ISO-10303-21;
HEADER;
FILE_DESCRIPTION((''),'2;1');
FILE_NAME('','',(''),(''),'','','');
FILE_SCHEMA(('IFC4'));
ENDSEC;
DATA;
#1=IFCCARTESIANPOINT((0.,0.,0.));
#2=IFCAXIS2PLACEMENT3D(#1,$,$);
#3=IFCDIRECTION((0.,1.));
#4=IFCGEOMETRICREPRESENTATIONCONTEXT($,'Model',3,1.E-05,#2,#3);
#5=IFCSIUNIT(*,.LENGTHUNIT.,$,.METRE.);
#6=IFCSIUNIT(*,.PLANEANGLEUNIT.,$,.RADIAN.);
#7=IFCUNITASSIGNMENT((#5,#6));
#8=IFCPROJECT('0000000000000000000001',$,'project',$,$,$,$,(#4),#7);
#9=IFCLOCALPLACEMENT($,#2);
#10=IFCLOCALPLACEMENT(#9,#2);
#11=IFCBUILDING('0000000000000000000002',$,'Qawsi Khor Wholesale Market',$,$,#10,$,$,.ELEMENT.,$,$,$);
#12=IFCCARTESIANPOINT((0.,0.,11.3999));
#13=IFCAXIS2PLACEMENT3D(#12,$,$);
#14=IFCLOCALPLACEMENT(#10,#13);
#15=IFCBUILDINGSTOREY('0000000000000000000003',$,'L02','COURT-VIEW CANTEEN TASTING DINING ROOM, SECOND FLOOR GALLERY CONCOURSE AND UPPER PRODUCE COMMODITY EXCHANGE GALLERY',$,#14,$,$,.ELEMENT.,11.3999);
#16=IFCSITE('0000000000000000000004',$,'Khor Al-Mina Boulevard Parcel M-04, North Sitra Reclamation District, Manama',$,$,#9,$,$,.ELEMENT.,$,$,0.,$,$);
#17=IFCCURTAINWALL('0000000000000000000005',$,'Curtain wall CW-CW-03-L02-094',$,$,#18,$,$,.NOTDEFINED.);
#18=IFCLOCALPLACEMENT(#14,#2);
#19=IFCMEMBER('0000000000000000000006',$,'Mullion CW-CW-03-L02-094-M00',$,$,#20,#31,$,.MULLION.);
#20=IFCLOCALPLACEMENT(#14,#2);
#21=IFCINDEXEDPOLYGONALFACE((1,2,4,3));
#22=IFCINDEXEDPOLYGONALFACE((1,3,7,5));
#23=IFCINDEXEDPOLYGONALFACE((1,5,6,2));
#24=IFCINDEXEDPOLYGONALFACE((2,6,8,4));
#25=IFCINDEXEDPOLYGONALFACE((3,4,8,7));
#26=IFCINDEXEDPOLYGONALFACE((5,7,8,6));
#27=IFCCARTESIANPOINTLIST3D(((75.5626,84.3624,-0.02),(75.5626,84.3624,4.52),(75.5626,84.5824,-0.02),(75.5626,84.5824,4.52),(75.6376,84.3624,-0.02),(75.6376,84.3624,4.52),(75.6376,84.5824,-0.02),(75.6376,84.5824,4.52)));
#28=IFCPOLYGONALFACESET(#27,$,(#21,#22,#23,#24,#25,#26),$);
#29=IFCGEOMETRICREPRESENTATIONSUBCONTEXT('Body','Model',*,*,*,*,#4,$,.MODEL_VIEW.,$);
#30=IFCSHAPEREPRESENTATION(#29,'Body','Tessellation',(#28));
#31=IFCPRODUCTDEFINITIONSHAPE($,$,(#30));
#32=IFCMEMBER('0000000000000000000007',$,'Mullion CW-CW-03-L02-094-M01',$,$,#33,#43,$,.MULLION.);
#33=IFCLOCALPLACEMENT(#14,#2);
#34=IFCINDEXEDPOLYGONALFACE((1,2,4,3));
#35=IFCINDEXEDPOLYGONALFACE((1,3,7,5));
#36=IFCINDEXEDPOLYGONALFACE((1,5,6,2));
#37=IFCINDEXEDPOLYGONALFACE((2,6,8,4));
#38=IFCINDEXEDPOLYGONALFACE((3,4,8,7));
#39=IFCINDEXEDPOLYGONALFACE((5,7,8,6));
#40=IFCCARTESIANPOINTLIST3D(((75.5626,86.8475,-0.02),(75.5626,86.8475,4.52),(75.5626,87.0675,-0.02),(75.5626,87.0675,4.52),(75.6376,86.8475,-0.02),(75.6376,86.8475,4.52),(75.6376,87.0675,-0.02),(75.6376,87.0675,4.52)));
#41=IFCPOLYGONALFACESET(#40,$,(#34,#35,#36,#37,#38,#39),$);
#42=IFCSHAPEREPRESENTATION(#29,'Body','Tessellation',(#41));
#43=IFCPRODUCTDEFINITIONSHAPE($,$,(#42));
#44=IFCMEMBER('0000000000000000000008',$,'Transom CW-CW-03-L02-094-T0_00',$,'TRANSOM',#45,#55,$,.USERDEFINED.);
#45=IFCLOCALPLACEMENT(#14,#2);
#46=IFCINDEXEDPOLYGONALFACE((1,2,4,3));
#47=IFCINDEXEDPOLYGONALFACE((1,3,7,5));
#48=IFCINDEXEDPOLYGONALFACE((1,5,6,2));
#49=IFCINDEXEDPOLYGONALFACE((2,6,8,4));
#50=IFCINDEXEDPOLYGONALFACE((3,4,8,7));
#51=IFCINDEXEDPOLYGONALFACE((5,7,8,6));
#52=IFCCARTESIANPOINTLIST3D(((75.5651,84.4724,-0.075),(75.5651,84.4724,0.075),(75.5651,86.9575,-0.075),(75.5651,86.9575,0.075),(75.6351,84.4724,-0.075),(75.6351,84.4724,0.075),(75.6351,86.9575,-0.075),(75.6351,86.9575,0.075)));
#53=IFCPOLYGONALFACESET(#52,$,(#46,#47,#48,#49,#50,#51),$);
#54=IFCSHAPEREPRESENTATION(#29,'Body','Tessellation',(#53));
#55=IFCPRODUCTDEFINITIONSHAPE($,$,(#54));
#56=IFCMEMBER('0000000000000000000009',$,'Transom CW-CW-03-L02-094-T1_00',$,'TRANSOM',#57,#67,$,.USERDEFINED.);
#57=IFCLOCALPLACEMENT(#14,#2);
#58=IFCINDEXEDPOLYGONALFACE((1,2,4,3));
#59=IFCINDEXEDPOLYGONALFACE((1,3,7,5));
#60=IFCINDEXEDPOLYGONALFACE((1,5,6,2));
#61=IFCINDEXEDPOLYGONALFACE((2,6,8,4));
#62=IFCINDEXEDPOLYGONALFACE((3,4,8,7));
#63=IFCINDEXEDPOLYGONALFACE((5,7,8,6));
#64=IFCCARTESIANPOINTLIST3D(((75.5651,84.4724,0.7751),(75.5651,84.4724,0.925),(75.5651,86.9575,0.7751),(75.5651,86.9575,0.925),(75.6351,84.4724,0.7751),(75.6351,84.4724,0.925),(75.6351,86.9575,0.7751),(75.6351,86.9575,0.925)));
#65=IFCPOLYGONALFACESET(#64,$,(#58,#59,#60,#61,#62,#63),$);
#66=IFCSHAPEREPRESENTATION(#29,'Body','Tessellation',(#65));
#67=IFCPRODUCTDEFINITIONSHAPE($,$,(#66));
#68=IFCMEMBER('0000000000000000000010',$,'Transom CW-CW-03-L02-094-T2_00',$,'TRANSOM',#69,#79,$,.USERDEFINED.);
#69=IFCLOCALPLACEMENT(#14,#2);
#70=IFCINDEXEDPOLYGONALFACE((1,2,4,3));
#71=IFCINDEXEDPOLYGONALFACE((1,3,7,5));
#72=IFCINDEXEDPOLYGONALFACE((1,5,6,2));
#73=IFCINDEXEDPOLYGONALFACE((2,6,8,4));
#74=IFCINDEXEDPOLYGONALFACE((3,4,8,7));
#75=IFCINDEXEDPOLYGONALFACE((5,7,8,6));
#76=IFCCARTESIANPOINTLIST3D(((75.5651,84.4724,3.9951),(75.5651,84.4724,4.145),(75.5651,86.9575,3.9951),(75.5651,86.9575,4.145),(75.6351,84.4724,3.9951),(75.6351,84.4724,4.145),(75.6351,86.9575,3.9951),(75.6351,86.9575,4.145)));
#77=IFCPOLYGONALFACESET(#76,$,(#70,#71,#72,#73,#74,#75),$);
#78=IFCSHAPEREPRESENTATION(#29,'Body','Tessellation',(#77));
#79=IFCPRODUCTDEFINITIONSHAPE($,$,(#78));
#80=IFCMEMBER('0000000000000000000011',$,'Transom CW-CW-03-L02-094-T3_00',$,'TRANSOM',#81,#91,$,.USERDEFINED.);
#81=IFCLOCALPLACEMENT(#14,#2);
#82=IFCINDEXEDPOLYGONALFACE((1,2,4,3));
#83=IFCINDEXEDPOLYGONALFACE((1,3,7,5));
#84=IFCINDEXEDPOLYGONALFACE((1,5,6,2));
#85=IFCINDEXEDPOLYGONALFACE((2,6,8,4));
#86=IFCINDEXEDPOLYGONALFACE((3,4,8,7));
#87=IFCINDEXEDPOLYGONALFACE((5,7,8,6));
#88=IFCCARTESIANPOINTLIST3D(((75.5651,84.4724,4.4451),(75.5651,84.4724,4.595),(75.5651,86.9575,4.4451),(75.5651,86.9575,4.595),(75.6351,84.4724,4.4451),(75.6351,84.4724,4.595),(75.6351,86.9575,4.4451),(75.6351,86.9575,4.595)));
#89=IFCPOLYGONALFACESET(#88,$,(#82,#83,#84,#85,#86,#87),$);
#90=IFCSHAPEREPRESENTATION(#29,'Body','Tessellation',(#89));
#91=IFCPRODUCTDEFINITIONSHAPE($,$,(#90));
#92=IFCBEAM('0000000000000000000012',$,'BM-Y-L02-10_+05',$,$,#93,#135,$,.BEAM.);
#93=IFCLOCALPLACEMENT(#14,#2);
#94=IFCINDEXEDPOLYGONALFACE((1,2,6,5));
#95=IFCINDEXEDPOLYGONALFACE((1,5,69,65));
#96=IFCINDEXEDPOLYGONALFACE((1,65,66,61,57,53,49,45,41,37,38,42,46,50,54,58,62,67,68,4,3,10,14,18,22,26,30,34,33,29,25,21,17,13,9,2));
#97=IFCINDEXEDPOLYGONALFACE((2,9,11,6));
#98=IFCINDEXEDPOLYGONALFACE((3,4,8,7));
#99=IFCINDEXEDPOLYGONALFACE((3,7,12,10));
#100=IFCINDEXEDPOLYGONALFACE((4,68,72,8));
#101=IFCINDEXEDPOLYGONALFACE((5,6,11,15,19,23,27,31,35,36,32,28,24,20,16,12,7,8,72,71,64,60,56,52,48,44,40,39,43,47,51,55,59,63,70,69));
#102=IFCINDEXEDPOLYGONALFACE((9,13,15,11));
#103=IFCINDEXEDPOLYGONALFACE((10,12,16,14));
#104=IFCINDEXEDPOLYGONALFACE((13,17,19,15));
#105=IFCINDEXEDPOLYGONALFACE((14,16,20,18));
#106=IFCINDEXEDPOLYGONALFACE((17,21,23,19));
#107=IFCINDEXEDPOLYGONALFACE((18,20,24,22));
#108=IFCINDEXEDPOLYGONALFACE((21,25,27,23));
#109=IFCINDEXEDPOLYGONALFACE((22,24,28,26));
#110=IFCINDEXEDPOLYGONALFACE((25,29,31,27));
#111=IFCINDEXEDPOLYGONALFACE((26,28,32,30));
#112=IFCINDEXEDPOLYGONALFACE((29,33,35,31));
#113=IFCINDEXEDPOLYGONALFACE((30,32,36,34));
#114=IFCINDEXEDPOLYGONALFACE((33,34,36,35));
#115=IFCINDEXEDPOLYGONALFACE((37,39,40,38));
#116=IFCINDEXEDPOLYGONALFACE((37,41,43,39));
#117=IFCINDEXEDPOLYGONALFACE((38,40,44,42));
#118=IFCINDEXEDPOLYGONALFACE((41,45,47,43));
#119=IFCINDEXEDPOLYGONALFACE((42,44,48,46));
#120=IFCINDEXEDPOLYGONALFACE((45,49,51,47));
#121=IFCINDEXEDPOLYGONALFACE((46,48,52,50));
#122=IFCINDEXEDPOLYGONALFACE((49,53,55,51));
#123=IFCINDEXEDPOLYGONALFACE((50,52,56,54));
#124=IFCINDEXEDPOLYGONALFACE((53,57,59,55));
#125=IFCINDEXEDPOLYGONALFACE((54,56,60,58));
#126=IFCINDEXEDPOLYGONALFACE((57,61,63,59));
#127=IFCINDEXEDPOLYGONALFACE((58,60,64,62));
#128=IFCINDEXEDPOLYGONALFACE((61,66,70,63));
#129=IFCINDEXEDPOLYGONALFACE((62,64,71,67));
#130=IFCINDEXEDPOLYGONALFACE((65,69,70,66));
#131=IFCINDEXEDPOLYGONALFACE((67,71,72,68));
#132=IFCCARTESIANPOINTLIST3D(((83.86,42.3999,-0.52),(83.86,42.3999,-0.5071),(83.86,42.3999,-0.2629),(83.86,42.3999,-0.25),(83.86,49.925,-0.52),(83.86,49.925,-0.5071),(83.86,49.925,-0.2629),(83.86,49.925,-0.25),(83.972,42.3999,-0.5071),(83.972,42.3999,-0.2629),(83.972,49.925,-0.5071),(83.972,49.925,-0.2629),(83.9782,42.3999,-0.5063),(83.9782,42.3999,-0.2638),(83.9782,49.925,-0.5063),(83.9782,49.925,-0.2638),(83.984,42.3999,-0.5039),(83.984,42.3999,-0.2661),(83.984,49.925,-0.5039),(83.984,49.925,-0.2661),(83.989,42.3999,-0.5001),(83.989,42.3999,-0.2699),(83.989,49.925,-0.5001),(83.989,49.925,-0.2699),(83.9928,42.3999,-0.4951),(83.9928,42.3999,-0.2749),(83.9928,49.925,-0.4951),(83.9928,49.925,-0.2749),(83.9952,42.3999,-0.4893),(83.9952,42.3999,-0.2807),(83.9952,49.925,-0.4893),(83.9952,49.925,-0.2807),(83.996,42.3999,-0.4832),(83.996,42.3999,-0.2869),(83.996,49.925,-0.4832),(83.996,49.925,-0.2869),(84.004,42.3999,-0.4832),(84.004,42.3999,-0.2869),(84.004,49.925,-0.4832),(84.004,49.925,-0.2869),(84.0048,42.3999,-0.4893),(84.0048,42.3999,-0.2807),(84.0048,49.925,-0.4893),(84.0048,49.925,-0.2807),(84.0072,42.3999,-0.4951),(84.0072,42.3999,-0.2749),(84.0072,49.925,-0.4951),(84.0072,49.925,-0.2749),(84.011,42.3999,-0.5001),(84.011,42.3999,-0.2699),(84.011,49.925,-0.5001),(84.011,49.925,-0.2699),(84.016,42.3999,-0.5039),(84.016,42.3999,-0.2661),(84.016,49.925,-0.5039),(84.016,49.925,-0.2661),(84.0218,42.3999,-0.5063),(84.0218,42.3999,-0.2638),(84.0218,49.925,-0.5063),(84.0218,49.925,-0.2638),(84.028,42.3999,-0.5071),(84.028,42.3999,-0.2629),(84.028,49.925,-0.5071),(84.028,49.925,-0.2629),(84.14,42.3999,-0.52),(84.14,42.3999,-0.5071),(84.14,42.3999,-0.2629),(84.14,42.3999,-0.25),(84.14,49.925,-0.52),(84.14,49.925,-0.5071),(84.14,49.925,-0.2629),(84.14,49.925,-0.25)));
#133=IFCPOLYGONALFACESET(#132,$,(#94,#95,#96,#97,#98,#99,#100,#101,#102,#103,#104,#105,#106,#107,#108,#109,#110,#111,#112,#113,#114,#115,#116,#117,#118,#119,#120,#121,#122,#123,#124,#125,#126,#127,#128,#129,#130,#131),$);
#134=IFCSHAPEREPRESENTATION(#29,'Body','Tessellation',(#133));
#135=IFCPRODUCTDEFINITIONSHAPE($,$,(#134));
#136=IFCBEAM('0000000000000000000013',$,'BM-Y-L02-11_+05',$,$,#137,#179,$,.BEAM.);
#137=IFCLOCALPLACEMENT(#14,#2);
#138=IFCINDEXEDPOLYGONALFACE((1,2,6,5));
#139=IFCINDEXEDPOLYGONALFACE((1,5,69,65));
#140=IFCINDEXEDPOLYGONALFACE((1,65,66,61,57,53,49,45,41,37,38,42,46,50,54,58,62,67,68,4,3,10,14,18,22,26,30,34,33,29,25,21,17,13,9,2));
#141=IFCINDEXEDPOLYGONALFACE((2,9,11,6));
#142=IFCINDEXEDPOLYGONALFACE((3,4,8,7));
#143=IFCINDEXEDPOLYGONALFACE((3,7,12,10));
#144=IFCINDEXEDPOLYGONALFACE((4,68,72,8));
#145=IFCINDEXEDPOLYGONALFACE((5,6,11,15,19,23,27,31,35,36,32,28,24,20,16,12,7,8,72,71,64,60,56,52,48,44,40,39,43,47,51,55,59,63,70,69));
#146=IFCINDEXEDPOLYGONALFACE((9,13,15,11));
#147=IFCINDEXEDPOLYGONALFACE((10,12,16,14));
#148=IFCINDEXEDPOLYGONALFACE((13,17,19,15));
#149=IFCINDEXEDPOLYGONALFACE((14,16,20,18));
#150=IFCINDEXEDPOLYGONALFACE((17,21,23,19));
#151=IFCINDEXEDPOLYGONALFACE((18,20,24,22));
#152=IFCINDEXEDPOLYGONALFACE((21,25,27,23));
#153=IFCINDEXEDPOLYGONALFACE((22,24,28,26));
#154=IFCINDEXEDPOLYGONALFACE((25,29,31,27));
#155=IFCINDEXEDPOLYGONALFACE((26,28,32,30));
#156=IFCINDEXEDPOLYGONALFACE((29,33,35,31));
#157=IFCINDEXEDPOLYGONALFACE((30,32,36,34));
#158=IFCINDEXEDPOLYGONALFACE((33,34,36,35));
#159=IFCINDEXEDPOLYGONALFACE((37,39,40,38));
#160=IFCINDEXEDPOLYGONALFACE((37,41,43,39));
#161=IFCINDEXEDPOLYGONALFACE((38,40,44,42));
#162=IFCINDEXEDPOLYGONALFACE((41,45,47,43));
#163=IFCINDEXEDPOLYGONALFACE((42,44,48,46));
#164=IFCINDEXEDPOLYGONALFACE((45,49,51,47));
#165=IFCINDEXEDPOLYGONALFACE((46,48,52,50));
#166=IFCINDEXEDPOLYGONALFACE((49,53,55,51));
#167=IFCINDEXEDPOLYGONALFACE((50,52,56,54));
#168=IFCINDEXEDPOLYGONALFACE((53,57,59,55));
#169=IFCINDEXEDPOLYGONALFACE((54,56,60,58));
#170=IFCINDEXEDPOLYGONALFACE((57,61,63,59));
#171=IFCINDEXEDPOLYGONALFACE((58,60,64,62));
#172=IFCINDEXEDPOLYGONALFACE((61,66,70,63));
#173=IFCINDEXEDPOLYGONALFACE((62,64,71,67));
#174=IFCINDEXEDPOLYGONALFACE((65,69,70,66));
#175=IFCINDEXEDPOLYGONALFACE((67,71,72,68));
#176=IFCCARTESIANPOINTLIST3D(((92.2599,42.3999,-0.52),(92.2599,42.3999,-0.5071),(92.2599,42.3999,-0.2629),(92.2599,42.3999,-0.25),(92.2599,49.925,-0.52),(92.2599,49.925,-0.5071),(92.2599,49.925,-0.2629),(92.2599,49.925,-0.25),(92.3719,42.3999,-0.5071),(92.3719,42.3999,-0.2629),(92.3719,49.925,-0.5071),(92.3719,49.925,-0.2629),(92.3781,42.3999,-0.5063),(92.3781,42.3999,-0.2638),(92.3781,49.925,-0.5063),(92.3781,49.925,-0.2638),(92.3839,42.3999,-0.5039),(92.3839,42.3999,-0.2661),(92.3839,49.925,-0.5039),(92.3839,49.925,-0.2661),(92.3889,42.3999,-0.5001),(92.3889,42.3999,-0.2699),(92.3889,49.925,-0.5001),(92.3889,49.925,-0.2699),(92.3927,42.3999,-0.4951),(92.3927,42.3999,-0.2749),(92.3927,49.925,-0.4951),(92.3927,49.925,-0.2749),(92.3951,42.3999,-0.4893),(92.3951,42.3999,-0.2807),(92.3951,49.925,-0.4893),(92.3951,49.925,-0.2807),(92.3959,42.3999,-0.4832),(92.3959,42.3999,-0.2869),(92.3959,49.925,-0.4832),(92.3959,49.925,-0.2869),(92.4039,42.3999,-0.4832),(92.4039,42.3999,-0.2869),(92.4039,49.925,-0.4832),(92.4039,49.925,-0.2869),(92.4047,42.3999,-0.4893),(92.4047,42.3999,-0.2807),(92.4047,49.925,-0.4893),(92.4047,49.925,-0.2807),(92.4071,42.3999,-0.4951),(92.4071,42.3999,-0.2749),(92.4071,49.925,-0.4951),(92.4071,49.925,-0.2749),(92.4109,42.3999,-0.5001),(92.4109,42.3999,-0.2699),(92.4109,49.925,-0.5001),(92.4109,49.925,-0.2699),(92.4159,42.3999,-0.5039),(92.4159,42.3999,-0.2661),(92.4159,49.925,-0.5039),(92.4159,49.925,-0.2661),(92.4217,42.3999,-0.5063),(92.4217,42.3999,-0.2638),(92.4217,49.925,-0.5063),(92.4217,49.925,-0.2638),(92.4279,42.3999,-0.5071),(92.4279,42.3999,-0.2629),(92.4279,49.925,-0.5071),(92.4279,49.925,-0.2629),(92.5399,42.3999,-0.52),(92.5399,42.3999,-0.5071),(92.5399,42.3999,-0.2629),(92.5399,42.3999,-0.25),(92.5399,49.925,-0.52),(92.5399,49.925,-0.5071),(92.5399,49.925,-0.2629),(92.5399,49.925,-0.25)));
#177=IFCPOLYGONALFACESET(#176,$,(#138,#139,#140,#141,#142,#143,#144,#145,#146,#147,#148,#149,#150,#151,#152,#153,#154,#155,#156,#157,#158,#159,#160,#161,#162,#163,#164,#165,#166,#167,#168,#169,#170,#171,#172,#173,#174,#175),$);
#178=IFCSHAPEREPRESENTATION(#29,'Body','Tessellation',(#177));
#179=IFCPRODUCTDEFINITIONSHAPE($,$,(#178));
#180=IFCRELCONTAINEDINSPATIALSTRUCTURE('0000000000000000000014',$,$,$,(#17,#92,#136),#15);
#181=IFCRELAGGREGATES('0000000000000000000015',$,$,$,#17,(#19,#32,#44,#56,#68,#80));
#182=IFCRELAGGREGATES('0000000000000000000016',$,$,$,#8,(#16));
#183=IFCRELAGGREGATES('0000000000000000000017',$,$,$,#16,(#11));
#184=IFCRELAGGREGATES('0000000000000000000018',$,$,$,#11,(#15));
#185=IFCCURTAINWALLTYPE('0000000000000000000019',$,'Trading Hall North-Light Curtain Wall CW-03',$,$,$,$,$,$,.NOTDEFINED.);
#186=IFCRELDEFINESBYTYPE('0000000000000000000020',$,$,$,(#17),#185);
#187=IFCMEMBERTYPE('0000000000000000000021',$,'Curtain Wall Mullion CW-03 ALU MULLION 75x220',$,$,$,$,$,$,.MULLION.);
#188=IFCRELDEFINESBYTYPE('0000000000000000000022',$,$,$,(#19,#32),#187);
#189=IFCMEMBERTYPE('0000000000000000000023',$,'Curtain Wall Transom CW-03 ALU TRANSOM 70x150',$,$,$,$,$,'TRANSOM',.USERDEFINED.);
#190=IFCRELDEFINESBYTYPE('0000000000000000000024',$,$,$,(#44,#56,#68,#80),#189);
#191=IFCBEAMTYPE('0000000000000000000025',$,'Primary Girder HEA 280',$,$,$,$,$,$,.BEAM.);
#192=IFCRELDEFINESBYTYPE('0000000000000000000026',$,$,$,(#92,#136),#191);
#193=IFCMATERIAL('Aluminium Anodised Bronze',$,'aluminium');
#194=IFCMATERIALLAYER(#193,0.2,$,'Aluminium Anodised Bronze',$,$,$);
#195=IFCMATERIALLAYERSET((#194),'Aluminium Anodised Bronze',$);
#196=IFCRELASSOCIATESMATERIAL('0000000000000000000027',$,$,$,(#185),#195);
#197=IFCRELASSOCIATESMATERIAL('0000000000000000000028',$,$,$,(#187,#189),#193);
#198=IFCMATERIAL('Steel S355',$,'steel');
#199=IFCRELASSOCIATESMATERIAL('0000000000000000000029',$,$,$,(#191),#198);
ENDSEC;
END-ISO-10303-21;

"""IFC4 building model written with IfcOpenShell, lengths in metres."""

from ifc_helpers import new_model, si_unit, direction, frame, origin, origin_2d, place, context, subcontext, project, spatial, rectangle, i_section, extrude, material, layer, layer_set, material_profile, profile_set, type_object, element, aggregate, save


model = new_model("IFC4")

# Units and contexts
model_context = context("Model", 3, precision=1e-05, world=origin(), true_north=direction((0.0, 1.0)))
body_context = subcontext(model_context, "Body", "Model", "MODEL_VIEW")
ifc_project = project(units=[si_unit("LENGTHUNIT", "METRE"), si_unit("PLANEANGLEUNIT", "RADIAN")], contexts=[model_context])

# Site, building, storey
site_placement = place(None, origin())
site = spatial("IfcSite", under=ifc_project, at=site_placement, Name="Khor Al-Mina Boulevard Parcel M-04, North Sitra Reclamation District, Manama", CompositionType="ELEMENT", RefElevation=0.0)
building_placement = place(site_placement, origin())
building = spatial("IfcBuilding", under=site, at=building_placement, Name="Qawsi Khor Wholesale Market", CompositionType="ELEMENT")
storey_placement = place(building_placement, frame((0.0, 0.0, 11.3999)))
storey = spatial("IfcBuildingStorey", under=building, at=storey_placement, Name="L02", Description="COURT-VIEW CANTEEN TASTING DINING ROOM, SECOND FLOOR GALLERY CONCOURSE AND UPPER PRODUCE COMMODITY EXCHANGE GALLERY", CompositionType="ELEMENT", Elevation=11.3999)

# Curtain wall, members
ifc_material_1 = material(Name="Aluminium Anodised Bronze", Category="aluminium")
ifc_layer_1 = layer(ifc_material_1, 0.2, Name="Aluminium Anodised Bronze")
ifc_layer_set_1 = layer_set([ifc_layer_1], Name="Aluminium Anodised Bronze")
curtain_wall_type = type_object("IfcCurtainWallType", Name="Trading Hall North-Light Curtain Wall CW-03", PredefinedType="NOTDEFINED", material=ifc_layer_set_1)
curtain_wall_placement = place(storey_placement, origin())
curtain_wall = element("IfcCurtainWall", 1, at=curtain_wall_placement, inside=storey, type_object=curtain_wall_type, Name="Curtain wall CW-CW-03-L02-094", PredefinedType="NOTDEFINED")
ifc_material_profile_1 = material_profile(ifc_material_1, rectangle(XDim=0.075, YDim=0.22, at=origin_2d()), Name="ALU MULLION 75x220")
ifc_profile_set_1 = profile_set([ifc_material_profile_1], Name="Aluminium Anodised Bronze")
member_type_1 = type_object("IfcMemberType", Name="Curtain Wall Mullion CW-03 ALU MULLION 75x220", PredefinedType="MULLION", material=ifc_profile_set_1)
member_1_placement = place(storey_placement, frame((75.6001, 84.4724, -0.02), z_axis=(0.0, 0.0, 1.0), x_axis=(1.0, 0.0, 0.0)))
member_1 = element("IfcMember", 2, at=member_1_placement, type_object=member_type_1, Name="Mullion CW-CW-03-L02-094-M00", PredefinedType="MULLION", context=body_context, shape_type="SweptSolid", body=[
    extrude(rectangle(XDim=0.075, YDim=0.22, at=origin_2d()), origin(), (0.0, 0.0, 1.0), 4.54),
])
member_2_placement = place(storey_placement, frame((75.6001, 86.9575, -0.02), z_axis=(0.0, 0.0, 1.0), x_axis=(1.0, 0.0, 0.0)))
member_2 = element("IfcMember", 3, at=member_2_placement, type_object=member_type_1, Name="Mullion CW-CW-03-L02-094-M01", PredefinedType="MULLION", context=body_context, shape_type="SweptSolid", body=[
    extrude(rectangle(XDim=0.075, YDim=0.22, at=origin_2d()), origin(), (0.0, 0.0, 1.0), 4.54),
])
ifc_material_profile_2 = material_profile(ifc_material_1, rectangle(XDim=0.0701, YDim=0.1499, at=origin_2d()), Name="ALU TRANSOM 70x150")
ifc_profile_set_2 = profile_set([ifc_material_profile_2], Name="Aluminium Anodised Bronze")
member_type_2 = type_object("IfcMemberType", Name="Curtain Wall Transom CW-03 ALU TRANSOM 70x150", ElementType="TRANSOM", PredefinedType="USERDEFINED", material=ifc_profile_set_2)
member_3_placement = place(storey_placement, frame((75.6001, 84.4724, 0.0), z_axis=(0.0, 1.0, 0.0), x_axis=(-1.0, 0.0, 0.0)))
member_3 = element("IfcMember", 4, at=member_3_placement, type_object=member_type_2, Name="Transom CW-CW-03-L02-094-T0_00", ObjectType="TRANSOM", PredefinedType="USERDEFINED", context=body_context, shape_type="SweptSolid", body=[
    extrude(rectangle(XDim=0.0701, YDim=0.1499, at=origin_2d()), origin(), (0.0, 0.0, 1.0), 2.4851),
])
member_4_placement = place(storey_placement, frame((75.6001, 84.4724, 0.8501), z_axis=(0.0, 1.0, 0.0), x_axis=(-1.0, 0.0, 0.0)))
member_4 = element("IfcMember", 5, at=member_4_placement, type_object=member_type_2, Name="Transom CW-CW-03-L02-094-T1_00", ObjectType="TRANSOM", PredefinedType="USERDEFINED", context=body_context, shape_type="SweptSolid", body=[
    extrude(rectangle(XDim=0.0701, YDim=0.1499, at=origin_2d()), origin(), (0.0, 0.0, 1.0), 2.4851),
])
member_5_placement = place(storey_placement, frame((75.6001, 84.4724, 4.0701), z_axis=(0.0, 1.0, 0.0), x_axis=(-1.0, 0.0, 0.0)))
member_5 = element("IfcMember", 6, at=member_5_placement, type_object=member_type_2, Name="Transom CW-CW-03-L02-094-T2_00", ObjectType="TRANSOM", PredefinedType="USERDEFINED", context=body_context, shape_type="SweptSolid", body=[
    extrude(rectangle(XDim=0.0701, YDim=0.1499, at=origin_2d()), origin(), (0.0, 0.0, 1.0), 2.4851),
])
member_6_placement = place(storey_placement, frame((75.6001, 84.4724, 4.52), z_axis=(0.0, 1.0, 0.0), x_axis=(-1.0, 0.0, 0.0)))
member_6 = element("IfcMember", 7, at=member_6_placement, type_object=member_type_2, Name="Transom CW-CW-03-L02-094-T3_00", ObjectType="TRANSOM", PredefinedType="USERDEFINED", context=body_context, shape_type="SweptSolid", body=[
    extrude(rectangle(XDim=0.0701, YDim=0.1499, at=origin_2d()), origin(), (0.0, 0.0, 1.0), 2.4851),
])

# Beams
ifc_material_2 = material(Name="Steel S355", Category="steel")
ifc_material_profile_3 = material_profile(ifc_material_2, i_section(OverallWidth=0.28, OverallDepth=0.27, WebThickness=0.0081, FlangeThickness=0.0129, FilletRadius=0.0239, at=origin_2d()), Name="HEA 280")
ifc_profile_set_3 = profile_set([ifc_material_profile_3], Name="Steel S355")
beam_type_1 = type_object("IfcBeamType", Name="Primary Girder HEA 280", PredefinedType="BEAM", material=ifc_profile_set_3)
for number, where, z_axis, x_axis, name in (
    (8, (84.0, 42.3999, -0.385), (0.0, 1.0, 0.0), (-1.0, 0.0, 0.0), "BM-Y-L02-10_+05"),
    (9, (92.3999, 42.3999, -0.385), (0.0, 1.0, 0.0), (-1.0, 0.0, 0.0), "BM-Y-L02-11_+05"),
):
    element("IfcBeam", number, at=place(storey_placement, frame(where, z_axis=z_axis, x_axis=x_axis)), inside=storey, type_object=beam_type_1, Name=name, PredefinedType="BEAM", context=body_context, shape_type="SweptSolid", body=[
        extrude(i_section(OverallWidth=0.28, OverallDepth=0.27, WebThickness=0.0081, FlangeThickness=0.0129, FilletRadius=0.0239, at=origin_2d()), origin(), (0.0, 0.0, 1.0), 7.5251),
    ])

aggregate(curtain_wall, [member_1, member_2, member_3, member_4, member_5, member_6])

save(model, "model.ifc")
